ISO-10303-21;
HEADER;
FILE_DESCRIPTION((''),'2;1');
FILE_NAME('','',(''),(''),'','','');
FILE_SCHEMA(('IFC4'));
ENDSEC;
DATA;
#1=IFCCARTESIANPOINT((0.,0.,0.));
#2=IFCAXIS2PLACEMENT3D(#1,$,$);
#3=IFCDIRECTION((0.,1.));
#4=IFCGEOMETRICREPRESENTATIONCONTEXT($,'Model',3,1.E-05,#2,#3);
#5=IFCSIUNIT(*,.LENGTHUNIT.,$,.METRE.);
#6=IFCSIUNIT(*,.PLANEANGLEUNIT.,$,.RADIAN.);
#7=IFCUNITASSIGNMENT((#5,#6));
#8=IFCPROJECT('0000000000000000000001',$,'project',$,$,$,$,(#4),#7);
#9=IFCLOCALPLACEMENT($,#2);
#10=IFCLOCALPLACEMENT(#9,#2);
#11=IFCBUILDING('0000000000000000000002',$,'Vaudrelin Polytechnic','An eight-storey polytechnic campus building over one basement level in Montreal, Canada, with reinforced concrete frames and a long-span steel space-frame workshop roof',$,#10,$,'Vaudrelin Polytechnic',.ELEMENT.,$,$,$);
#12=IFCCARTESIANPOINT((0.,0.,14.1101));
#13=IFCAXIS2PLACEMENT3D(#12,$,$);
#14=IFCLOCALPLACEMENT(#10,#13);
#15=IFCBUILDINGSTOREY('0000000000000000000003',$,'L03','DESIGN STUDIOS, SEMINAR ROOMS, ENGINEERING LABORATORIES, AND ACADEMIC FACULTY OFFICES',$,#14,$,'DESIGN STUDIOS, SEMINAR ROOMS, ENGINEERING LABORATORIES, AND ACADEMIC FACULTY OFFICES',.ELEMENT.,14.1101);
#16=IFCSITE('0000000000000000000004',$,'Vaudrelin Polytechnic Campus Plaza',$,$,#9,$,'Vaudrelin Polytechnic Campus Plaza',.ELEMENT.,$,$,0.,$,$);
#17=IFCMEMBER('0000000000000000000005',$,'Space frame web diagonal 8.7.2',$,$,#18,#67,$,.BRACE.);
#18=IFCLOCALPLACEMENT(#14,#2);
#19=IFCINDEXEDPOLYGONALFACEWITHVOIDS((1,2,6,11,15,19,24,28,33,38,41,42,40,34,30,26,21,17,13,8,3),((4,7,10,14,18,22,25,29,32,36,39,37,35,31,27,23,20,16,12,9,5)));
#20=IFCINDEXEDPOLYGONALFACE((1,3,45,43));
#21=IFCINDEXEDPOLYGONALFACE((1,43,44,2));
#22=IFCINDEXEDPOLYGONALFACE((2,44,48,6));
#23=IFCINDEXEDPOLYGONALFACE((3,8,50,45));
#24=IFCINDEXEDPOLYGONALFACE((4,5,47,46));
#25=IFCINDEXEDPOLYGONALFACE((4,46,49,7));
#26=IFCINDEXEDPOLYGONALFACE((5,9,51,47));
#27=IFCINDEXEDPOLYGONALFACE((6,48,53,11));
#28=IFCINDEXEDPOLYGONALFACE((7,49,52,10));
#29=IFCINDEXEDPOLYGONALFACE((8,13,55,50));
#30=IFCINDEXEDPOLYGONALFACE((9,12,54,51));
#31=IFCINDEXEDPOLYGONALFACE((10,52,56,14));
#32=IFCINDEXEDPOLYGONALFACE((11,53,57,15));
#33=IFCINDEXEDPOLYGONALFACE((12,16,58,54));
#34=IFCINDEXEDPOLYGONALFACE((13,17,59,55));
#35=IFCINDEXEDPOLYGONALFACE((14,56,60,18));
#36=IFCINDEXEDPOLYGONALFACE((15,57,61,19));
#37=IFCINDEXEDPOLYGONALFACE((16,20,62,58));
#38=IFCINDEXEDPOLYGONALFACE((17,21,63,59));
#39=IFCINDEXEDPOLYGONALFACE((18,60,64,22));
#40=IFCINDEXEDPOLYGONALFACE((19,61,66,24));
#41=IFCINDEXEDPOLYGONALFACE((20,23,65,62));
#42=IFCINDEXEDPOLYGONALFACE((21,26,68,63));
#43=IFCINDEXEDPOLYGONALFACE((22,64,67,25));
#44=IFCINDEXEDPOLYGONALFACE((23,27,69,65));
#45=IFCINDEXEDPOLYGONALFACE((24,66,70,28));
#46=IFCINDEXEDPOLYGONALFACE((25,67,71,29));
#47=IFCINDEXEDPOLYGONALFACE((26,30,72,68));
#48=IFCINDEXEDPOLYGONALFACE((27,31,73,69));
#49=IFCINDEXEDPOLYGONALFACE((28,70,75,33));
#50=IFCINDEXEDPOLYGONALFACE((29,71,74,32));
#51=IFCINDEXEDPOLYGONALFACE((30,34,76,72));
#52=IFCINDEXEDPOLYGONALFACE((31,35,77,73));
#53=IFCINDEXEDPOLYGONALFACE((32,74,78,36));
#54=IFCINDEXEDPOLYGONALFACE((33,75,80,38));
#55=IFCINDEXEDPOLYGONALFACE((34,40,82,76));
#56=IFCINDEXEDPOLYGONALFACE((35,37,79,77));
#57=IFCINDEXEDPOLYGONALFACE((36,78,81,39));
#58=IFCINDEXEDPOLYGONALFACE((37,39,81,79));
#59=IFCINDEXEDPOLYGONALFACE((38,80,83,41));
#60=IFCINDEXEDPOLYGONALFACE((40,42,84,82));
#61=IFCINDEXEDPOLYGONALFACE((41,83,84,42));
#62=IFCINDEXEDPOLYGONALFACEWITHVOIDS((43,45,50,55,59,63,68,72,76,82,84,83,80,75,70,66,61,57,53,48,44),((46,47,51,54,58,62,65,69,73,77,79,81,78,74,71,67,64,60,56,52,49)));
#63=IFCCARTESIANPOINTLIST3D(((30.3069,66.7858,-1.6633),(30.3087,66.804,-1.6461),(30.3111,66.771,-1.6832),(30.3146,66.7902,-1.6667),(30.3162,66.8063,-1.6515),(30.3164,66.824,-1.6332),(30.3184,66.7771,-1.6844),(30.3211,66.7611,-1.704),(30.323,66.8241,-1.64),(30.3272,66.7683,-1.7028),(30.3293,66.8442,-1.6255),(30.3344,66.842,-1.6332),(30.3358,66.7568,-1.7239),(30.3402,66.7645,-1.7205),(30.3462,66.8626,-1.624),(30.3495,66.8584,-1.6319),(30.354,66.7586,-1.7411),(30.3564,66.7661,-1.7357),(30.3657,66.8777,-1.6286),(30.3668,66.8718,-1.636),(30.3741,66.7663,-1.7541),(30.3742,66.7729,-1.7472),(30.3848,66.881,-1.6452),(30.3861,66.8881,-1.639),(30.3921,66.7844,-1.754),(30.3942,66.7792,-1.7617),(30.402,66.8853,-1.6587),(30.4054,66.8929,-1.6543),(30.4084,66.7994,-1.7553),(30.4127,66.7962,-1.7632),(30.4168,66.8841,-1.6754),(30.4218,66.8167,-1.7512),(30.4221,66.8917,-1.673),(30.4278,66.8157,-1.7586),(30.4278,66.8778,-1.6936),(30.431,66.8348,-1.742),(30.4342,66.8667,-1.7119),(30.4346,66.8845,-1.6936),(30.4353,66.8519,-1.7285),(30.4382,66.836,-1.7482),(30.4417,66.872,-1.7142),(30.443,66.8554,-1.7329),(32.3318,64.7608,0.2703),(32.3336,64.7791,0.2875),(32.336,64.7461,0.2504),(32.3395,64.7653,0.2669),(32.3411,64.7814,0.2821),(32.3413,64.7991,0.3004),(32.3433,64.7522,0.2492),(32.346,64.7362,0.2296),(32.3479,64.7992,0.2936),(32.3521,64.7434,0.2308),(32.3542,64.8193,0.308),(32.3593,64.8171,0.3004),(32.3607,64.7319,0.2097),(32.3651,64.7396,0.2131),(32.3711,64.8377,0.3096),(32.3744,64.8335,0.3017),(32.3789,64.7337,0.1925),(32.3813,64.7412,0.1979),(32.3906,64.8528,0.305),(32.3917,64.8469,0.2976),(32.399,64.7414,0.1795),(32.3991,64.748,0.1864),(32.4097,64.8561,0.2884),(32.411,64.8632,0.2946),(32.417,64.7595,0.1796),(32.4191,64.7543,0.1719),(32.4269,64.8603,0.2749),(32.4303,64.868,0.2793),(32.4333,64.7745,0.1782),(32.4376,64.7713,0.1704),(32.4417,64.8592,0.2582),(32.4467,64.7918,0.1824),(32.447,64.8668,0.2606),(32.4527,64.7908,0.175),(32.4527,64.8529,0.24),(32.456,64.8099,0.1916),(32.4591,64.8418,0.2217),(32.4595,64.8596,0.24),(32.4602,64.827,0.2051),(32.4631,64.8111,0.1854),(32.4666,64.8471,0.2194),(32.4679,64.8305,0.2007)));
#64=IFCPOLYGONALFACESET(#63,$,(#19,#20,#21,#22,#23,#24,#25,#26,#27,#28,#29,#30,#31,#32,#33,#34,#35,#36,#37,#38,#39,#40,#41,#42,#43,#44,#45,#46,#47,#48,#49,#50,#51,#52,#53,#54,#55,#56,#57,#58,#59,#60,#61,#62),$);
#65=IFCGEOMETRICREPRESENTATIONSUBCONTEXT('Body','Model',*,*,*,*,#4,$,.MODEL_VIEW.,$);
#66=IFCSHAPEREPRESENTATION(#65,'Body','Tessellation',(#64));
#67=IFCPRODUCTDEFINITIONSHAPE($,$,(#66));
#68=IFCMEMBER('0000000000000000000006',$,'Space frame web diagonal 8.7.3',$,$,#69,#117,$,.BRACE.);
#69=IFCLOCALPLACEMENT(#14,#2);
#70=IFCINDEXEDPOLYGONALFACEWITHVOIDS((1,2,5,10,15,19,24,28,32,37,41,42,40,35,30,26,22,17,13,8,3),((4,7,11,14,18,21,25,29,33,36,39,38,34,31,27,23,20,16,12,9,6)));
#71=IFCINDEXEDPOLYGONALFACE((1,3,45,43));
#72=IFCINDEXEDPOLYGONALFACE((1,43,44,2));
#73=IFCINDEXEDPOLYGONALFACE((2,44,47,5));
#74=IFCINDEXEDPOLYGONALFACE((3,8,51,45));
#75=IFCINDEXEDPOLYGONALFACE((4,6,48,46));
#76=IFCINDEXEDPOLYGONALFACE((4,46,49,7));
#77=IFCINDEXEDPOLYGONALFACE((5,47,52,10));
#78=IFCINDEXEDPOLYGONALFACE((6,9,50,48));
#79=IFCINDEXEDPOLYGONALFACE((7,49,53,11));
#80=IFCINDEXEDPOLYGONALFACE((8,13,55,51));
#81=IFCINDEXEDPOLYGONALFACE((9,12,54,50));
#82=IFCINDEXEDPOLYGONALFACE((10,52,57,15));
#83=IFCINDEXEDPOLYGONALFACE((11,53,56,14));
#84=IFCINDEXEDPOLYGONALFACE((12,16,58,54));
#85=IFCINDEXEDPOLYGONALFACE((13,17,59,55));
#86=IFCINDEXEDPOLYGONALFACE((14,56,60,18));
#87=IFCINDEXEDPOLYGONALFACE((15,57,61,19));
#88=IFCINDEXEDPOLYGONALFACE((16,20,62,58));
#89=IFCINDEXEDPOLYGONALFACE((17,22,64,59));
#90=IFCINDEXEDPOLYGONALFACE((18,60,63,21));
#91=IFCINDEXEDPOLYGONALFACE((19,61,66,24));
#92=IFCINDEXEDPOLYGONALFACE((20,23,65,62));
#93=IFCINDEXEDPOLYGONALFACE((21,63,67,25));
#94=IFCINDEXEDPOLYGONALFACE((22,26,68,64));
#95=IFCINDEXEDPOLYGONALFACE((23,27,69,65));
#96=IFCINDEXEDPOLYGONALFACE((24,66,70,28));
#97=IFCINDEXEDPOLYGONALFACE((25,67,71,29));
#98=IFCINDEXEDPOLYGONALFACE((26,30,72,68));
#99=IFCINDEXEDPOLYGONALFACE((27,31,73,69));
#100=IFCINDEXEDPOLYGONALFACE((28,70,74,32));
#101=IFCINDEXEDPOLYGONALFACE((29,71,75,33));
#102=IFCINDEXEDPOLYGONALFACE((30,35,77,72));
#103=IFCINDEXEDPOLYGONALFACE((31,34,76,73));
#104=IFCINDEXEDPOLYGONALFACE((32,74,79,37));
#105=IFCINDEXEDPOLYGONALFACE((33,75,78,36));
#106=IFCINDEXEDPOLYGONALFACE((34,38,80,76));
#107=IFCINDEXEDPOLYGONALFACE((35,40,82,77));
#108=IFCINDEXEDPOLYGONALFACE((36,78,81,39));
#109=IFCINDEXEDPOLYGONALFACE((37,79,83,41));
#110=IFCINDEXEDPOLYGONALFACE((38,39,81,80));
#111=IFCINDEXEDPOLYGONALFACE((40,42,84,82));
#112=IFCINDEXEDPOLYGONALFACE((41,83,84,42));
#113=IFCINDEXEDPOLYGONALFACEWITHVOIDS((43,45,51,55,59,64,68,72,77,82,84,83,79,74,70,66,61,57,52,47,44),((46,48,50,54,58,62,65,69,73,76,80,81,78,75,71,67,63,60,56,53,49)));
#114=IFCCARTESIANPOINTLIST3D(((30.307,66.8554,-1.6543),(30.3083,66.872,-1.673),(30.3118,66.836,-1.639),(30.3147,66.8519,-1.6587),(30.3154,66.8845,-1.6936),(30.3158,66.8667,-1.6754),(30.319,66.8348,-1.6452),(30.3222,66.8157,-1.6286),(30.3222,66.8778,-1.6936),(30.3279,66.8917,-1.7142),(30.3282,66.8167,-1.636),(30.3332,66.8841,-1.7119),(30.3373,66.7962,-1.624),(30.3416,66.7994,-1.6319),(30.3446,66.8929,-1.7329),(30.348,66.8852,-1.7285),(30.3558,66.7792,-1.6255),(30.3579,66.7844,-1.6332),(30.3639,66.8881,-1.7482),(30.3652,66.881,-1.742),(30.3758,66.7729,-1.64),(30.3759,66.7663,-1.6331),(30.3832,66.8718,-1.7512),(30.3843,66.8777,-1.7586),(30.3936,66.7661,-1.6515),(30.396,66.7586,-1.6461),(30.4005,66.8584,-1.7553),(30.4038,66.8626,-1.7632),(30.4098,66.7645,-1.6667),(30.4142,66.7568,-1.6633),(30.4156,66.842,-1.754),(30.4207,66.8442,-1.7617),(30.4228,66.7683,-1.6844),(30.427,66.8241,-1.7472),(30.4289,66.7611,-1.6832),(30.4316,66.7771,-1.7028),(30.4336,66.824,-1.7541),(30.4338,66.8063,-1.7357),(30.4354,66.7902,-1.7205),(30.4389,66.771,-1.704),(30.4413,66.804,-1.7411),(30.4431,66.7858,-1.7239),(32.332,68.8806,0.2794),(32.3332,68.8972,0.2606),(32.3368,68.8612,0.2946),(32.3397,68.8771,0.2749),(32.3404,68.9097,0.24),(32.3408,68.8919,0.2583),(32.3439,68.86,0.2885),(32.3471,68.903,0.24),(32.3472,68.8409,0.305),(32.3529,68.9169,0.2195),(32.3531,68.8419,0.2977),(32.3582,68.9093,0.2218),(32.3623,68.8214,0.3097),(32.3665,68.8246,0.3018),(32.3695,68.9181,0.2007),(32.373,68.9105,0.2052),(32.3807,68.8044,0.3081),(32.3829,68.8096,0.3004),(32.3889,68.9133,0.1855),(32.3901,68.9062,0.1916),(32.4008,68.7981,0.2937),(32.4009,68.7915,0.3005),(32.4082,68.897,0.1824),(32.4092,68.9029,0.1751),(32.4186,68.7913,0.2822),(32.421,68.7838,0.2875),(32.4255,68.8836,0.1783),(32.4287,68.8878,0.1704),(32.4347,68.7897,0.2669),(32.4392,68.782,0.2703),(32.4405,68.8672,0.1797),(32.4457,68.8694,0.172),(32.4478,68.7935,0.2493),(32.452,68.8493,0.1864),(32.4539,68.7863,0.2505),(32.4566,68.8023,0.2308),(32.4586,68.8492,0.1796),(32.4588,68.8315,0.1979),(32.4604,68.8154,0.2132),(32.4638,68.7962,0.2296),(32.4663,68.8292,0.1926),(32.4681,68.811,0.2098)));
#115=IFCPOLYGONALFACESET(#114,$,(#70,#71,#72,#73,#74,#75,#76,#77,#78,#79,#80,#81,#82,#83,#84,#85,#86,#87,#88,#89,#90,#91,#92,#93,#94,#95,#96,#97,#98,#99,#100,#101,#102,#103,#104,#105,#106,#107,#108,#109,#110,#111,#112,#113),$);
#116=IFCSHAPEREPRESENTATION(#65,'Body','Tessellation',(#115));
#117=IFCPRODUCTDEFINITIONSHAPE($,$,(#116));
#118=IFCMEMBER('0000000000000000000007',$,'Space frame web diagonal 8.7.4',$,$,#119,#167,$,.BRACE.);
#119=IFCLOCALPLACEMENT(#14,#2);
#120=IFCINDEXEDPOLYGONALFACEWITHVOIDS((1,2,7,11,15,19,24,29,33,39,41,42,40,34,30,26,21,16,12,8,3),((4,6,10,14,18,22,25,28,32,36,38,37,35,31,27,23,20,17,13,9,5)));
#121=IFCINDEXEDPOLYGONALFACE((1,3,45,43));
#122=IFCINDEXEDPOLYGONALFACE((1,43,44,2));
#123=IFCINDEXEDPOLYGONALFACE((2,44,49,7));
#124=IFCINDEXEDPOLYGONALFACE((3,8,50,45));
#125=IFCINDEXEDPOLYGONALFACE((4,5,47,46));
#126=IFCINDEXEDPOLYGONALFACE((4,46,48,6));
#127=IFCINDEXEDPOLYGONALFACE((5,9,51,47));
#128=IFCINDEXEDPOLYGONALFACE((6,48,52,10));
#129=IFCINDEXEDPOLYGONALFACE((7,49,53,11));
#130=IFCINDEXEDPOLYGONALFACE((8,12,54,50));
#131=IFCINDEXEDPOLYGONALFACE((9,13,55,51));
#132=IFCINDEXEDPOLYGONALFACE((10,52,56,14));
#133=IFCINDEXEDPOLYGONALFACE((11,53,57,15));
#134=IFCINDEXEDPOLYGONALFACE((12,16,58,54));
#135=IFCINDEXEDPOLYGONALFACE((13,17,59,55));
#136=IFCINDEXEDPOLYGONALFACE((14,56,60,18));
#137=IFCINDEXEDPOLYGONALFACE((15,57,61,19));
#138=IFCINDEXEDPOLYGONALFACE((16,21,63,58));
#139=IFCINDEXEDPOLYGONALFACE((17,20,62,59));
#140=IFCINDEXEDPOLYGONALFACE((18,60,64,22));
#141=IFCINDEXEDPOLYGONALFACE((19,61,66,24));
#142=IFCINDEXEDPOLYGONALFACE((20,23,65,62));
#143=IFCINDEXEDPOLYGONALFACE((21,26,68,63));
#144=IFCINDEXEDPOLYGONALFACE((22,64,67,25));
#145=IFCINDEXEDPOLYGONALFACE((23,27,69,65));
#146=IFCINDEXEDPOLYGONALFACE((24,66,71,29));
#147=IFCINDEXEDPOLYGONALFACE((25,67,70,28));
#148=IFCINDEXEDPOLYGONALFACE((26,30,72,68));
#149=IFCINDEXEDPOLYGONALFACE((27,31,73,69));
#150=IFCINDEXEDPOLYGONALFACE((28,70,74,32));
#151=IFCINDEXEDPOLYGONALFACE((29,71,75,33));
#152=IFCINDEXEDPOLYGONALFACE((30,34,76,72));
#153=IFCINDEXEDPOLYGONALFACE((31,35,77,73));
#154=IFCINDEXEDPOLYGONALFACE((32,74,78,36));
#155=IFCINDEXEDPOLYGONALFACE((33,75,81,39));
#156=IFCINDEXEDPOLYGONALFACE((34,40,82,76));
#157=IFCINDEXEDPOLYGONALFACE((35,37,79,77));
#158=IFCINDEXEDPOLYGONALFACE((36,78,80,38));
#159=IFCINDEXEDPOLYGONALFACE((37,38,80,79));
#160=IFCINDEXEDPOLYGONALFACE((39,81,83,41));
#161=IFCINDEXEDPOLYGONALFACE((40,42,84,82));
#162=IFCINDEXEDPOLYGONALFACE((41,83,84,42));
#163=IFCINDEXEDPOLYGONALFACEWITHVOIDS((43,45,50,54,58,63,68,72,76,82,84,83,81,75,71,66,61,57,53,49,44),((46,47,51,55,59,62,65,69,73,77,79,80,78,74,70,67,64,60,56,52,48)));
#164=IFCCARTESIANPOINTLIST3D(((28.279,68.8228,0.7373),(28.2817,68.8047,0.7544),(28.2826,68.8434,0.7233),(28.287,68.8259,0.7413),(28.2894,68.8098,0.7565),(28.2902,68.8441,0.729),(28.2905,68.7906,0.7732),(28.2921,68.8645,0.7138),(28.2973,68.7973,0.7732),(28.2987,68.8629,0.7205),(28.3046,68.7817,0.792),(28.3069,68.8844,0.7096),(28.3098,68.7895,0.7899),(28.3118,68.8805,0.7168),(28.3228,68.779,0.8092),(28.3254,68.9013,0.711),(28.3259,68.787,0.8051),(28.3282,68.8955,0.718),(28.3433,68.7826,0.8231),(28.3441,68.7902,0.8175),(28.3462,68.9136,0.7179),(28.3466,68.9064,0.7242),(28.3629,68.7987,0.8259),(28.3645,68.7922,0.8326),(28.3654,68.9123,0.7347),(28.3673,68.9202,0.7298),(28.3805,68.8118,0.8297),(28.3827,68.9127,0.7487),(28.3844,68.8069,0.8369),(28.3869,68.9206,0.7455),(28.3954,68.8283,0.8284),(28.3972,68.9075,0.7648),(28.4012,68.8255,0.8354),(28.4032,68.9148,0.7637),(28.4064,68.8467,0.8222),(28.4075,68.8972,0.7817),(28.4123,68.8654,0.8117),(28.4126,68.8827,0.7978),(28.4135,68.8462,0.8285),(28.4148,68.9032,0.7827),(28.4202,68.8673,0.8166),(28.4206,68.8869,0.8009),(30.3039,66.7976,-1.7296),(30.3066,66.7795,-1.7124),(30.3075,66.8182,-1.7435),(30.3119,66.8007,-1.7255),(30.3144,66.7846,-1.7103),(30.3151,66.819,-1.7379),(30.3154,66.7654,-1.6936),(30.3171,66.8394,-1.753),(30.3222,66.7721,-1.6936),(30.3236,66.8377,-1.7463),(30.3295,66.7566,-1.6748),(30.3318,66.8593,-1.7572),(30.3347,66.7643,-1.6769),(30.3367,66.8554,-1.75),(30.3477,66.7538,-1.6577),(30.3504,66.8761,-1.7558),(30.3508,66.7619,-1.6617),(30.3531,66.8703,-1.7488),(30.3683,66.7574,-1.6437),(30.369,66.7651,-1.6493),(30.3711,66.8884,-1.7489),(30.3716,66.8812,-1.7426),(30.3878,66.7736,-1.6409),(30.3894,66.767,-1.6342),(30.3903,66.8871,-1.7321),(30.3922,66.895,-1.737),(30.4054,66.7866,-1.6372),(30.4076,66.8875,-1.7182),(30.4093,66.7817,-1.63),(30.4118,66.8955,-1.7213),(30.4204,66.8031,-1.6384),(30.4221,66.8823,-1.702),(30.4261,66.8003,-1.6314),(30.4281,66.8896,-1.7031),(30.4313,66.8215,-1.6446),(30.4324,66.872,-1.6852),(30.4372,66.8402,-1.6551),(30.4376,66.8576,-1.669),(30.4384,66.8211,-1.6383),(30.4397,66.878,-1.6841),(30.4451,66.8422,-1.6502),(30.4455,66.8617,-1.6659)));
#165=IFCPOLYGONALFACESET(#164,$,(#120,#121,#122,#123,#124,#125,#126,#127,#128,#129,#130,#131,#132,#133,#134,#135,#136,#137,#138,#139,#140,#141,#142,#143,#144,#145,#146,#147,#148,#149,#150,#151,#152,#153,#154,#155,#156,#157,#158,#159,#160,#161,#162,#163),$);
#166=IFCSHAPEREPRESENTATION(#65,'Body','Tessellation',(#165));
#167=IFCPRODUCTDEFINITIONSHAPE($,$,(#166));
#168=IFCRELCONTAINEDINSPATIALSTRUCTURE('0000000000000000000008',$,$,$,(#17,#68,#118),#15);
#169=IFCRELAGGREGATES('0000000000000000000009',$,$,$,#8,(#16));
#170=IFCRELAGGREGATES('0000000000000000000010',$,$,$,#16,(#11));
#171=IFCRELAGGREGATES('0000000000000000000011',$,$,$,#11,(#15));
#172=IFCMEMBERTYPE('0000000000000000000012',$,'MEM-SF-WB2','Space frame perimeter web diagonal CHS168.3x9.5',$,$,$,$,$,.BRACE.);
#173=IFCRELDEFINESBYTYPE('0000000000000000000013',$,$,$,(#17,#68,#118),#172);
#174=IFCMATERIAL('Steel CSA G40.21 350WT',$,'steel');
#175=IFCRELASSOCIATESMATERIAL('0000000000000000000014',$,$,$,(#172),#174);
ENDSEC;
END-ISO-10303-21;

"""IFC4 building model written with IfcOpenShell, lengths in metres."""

from ifc_helpers import new_model, si_unit, direction, frame, origin, origin_2d, place, context, subcontext, project, spatial, hollow_circle, extrude, material, material_profile, profile_set, type_object, element, save


model = new_model("IFC4")

# Units and contexts
model_context = context("Model", 3, precision=1e-05, world=origin(), true_north=direction((0.0, 1.0)))
body_context = subcontext(model_context, "Body", "Model", "MODEL_VIEW")
ifc_project = project(units=[si_unit("LENGTHUNIT", "METRE"), si_unit("PLANEANGLEUNIT", "RADIAN")], contexts=[model_context])

# Site, building, storey
site_placement = place(None, origin())
site = spatial("IfcSite", under=ifc_project, at=site_placement, Name="Vaudrelin Polytechnic Campus Plaza", LongName="Vaudrelin Polytechnic Campus Plaza", CompositionType="ELEMENT", RefElevation=0.0)
building_placement = place(site_placement, origin())
building = spatial("IfcBuilding", under=site, at=building_placement, Name="Vaudrelin Polytechnic", Description="An eight-storey polytechnic campus building over one basement level in Montreal, Canada, with reinforced concrete frames and a long-span steel space-frame workshop roof", LongName="Vaudrelin Polytechnic", CompositionType="ELEMENT")
storey_placement = place(building_placement, frame((0.0, 0.0, 14.1101)))
storey = spatial("IfcBuildingStorey", under=building, at=storey_placement, Name="L03", Description="DESIGN STUDIOS, SEMINAR ROOMS, ENGINEERING LABORATORIES, AND ACADEMIC FACULTY OFFICES", LongName="DESIGN STUDIOS, SEMINAR ROOMS, ENGINEERING LABORATORIES, AND ACADEMIC FACULTY OFFICES", CompositionType="ELEMENT", Elevation=14.1101)

# Members
ifc_material_1 = material(Name="Steel CSA G40.21 350WT", Category="steel")
ifc_material_profile_1 = material_profile(ifc_material_1, hollow_circle(Radius=0.0842, WallThickness=0.0095, at=origin_2d()), Name="CHS168.3x9.5")
ifc_profile_set_1 = profile_set([ifc_material_profile_1], Name="Steel CSA G40.21 350WT")
member_type_1 = type_object("IfcMemberType", Name="MEM-SF-WB2", Description="Space frame perimeter web diagonal CHS168.3x9.5", PredefinedType="BRACE", material=ifc_profile_set_1)
member_1_placement = place(storey_placement, frame((30.375, 66.825, -1.6936), z_axis=(0.586024, -0.586024, 0.559599), x_axis=(0.707107, 0.707107, 0.0)))
element("IfcMember", 1, at=member_1_placement, inside=storey, type_object=member_type_1, Name="Space frame web diagonal 8.7.2", PredefinedType="BRACE", context=body_context, shape_type="SweptSolid", body=[
    extrude(hollow_circle(Radius=0.0842, WallThickness=0.0095, at=origin_2d()), origin(), (0.0, 0.0, 1.0), 3.4553),
])
member_2_placement = place(storey_placement, frame((30.375, 66.825, -1.6936), z_axis=(0.586, 0.586071, 0.559576), x_axis=(-0.707149, 0.707064, 0.0)))
element("IfcMember", 2, at=member_2_placement, inside=storey, type_object=member_type_1, Name="Space frame web diagonal 8.7.3", PredefinedType="BRACE", context=body_context, shape_type="SweptSolid", body=[
    extrude(hollow_circle(Radius=0.0842, WallThickness=0.0095, at=origin_2d()), origin(), (0.0, 0.0, 1.0), 3.4556),
])
member_3_placement = place(storey_placement, frame((30.375, 66.825, -1.6936), z_axis=(-0.535723, 0.535788, 0.652634), x_axis=(-0.707149, -0.707064, 0.0)))
element("IfcMember", 3, at=member_3_placement, inside=storey, type_object=member_type_1, Name="Space frame web diagonal 8.7.4", PredefinedType="BRACE", context=body_context, shape_type="SweptSolid", body=[
    extrude(hollow_circle(Radius=0.0842, WallThickness=0.0095, at=origin_2d()), origin(), (0.0, 0.0, 1.0), 3.7798),
])

save(model, "model.ifc")
